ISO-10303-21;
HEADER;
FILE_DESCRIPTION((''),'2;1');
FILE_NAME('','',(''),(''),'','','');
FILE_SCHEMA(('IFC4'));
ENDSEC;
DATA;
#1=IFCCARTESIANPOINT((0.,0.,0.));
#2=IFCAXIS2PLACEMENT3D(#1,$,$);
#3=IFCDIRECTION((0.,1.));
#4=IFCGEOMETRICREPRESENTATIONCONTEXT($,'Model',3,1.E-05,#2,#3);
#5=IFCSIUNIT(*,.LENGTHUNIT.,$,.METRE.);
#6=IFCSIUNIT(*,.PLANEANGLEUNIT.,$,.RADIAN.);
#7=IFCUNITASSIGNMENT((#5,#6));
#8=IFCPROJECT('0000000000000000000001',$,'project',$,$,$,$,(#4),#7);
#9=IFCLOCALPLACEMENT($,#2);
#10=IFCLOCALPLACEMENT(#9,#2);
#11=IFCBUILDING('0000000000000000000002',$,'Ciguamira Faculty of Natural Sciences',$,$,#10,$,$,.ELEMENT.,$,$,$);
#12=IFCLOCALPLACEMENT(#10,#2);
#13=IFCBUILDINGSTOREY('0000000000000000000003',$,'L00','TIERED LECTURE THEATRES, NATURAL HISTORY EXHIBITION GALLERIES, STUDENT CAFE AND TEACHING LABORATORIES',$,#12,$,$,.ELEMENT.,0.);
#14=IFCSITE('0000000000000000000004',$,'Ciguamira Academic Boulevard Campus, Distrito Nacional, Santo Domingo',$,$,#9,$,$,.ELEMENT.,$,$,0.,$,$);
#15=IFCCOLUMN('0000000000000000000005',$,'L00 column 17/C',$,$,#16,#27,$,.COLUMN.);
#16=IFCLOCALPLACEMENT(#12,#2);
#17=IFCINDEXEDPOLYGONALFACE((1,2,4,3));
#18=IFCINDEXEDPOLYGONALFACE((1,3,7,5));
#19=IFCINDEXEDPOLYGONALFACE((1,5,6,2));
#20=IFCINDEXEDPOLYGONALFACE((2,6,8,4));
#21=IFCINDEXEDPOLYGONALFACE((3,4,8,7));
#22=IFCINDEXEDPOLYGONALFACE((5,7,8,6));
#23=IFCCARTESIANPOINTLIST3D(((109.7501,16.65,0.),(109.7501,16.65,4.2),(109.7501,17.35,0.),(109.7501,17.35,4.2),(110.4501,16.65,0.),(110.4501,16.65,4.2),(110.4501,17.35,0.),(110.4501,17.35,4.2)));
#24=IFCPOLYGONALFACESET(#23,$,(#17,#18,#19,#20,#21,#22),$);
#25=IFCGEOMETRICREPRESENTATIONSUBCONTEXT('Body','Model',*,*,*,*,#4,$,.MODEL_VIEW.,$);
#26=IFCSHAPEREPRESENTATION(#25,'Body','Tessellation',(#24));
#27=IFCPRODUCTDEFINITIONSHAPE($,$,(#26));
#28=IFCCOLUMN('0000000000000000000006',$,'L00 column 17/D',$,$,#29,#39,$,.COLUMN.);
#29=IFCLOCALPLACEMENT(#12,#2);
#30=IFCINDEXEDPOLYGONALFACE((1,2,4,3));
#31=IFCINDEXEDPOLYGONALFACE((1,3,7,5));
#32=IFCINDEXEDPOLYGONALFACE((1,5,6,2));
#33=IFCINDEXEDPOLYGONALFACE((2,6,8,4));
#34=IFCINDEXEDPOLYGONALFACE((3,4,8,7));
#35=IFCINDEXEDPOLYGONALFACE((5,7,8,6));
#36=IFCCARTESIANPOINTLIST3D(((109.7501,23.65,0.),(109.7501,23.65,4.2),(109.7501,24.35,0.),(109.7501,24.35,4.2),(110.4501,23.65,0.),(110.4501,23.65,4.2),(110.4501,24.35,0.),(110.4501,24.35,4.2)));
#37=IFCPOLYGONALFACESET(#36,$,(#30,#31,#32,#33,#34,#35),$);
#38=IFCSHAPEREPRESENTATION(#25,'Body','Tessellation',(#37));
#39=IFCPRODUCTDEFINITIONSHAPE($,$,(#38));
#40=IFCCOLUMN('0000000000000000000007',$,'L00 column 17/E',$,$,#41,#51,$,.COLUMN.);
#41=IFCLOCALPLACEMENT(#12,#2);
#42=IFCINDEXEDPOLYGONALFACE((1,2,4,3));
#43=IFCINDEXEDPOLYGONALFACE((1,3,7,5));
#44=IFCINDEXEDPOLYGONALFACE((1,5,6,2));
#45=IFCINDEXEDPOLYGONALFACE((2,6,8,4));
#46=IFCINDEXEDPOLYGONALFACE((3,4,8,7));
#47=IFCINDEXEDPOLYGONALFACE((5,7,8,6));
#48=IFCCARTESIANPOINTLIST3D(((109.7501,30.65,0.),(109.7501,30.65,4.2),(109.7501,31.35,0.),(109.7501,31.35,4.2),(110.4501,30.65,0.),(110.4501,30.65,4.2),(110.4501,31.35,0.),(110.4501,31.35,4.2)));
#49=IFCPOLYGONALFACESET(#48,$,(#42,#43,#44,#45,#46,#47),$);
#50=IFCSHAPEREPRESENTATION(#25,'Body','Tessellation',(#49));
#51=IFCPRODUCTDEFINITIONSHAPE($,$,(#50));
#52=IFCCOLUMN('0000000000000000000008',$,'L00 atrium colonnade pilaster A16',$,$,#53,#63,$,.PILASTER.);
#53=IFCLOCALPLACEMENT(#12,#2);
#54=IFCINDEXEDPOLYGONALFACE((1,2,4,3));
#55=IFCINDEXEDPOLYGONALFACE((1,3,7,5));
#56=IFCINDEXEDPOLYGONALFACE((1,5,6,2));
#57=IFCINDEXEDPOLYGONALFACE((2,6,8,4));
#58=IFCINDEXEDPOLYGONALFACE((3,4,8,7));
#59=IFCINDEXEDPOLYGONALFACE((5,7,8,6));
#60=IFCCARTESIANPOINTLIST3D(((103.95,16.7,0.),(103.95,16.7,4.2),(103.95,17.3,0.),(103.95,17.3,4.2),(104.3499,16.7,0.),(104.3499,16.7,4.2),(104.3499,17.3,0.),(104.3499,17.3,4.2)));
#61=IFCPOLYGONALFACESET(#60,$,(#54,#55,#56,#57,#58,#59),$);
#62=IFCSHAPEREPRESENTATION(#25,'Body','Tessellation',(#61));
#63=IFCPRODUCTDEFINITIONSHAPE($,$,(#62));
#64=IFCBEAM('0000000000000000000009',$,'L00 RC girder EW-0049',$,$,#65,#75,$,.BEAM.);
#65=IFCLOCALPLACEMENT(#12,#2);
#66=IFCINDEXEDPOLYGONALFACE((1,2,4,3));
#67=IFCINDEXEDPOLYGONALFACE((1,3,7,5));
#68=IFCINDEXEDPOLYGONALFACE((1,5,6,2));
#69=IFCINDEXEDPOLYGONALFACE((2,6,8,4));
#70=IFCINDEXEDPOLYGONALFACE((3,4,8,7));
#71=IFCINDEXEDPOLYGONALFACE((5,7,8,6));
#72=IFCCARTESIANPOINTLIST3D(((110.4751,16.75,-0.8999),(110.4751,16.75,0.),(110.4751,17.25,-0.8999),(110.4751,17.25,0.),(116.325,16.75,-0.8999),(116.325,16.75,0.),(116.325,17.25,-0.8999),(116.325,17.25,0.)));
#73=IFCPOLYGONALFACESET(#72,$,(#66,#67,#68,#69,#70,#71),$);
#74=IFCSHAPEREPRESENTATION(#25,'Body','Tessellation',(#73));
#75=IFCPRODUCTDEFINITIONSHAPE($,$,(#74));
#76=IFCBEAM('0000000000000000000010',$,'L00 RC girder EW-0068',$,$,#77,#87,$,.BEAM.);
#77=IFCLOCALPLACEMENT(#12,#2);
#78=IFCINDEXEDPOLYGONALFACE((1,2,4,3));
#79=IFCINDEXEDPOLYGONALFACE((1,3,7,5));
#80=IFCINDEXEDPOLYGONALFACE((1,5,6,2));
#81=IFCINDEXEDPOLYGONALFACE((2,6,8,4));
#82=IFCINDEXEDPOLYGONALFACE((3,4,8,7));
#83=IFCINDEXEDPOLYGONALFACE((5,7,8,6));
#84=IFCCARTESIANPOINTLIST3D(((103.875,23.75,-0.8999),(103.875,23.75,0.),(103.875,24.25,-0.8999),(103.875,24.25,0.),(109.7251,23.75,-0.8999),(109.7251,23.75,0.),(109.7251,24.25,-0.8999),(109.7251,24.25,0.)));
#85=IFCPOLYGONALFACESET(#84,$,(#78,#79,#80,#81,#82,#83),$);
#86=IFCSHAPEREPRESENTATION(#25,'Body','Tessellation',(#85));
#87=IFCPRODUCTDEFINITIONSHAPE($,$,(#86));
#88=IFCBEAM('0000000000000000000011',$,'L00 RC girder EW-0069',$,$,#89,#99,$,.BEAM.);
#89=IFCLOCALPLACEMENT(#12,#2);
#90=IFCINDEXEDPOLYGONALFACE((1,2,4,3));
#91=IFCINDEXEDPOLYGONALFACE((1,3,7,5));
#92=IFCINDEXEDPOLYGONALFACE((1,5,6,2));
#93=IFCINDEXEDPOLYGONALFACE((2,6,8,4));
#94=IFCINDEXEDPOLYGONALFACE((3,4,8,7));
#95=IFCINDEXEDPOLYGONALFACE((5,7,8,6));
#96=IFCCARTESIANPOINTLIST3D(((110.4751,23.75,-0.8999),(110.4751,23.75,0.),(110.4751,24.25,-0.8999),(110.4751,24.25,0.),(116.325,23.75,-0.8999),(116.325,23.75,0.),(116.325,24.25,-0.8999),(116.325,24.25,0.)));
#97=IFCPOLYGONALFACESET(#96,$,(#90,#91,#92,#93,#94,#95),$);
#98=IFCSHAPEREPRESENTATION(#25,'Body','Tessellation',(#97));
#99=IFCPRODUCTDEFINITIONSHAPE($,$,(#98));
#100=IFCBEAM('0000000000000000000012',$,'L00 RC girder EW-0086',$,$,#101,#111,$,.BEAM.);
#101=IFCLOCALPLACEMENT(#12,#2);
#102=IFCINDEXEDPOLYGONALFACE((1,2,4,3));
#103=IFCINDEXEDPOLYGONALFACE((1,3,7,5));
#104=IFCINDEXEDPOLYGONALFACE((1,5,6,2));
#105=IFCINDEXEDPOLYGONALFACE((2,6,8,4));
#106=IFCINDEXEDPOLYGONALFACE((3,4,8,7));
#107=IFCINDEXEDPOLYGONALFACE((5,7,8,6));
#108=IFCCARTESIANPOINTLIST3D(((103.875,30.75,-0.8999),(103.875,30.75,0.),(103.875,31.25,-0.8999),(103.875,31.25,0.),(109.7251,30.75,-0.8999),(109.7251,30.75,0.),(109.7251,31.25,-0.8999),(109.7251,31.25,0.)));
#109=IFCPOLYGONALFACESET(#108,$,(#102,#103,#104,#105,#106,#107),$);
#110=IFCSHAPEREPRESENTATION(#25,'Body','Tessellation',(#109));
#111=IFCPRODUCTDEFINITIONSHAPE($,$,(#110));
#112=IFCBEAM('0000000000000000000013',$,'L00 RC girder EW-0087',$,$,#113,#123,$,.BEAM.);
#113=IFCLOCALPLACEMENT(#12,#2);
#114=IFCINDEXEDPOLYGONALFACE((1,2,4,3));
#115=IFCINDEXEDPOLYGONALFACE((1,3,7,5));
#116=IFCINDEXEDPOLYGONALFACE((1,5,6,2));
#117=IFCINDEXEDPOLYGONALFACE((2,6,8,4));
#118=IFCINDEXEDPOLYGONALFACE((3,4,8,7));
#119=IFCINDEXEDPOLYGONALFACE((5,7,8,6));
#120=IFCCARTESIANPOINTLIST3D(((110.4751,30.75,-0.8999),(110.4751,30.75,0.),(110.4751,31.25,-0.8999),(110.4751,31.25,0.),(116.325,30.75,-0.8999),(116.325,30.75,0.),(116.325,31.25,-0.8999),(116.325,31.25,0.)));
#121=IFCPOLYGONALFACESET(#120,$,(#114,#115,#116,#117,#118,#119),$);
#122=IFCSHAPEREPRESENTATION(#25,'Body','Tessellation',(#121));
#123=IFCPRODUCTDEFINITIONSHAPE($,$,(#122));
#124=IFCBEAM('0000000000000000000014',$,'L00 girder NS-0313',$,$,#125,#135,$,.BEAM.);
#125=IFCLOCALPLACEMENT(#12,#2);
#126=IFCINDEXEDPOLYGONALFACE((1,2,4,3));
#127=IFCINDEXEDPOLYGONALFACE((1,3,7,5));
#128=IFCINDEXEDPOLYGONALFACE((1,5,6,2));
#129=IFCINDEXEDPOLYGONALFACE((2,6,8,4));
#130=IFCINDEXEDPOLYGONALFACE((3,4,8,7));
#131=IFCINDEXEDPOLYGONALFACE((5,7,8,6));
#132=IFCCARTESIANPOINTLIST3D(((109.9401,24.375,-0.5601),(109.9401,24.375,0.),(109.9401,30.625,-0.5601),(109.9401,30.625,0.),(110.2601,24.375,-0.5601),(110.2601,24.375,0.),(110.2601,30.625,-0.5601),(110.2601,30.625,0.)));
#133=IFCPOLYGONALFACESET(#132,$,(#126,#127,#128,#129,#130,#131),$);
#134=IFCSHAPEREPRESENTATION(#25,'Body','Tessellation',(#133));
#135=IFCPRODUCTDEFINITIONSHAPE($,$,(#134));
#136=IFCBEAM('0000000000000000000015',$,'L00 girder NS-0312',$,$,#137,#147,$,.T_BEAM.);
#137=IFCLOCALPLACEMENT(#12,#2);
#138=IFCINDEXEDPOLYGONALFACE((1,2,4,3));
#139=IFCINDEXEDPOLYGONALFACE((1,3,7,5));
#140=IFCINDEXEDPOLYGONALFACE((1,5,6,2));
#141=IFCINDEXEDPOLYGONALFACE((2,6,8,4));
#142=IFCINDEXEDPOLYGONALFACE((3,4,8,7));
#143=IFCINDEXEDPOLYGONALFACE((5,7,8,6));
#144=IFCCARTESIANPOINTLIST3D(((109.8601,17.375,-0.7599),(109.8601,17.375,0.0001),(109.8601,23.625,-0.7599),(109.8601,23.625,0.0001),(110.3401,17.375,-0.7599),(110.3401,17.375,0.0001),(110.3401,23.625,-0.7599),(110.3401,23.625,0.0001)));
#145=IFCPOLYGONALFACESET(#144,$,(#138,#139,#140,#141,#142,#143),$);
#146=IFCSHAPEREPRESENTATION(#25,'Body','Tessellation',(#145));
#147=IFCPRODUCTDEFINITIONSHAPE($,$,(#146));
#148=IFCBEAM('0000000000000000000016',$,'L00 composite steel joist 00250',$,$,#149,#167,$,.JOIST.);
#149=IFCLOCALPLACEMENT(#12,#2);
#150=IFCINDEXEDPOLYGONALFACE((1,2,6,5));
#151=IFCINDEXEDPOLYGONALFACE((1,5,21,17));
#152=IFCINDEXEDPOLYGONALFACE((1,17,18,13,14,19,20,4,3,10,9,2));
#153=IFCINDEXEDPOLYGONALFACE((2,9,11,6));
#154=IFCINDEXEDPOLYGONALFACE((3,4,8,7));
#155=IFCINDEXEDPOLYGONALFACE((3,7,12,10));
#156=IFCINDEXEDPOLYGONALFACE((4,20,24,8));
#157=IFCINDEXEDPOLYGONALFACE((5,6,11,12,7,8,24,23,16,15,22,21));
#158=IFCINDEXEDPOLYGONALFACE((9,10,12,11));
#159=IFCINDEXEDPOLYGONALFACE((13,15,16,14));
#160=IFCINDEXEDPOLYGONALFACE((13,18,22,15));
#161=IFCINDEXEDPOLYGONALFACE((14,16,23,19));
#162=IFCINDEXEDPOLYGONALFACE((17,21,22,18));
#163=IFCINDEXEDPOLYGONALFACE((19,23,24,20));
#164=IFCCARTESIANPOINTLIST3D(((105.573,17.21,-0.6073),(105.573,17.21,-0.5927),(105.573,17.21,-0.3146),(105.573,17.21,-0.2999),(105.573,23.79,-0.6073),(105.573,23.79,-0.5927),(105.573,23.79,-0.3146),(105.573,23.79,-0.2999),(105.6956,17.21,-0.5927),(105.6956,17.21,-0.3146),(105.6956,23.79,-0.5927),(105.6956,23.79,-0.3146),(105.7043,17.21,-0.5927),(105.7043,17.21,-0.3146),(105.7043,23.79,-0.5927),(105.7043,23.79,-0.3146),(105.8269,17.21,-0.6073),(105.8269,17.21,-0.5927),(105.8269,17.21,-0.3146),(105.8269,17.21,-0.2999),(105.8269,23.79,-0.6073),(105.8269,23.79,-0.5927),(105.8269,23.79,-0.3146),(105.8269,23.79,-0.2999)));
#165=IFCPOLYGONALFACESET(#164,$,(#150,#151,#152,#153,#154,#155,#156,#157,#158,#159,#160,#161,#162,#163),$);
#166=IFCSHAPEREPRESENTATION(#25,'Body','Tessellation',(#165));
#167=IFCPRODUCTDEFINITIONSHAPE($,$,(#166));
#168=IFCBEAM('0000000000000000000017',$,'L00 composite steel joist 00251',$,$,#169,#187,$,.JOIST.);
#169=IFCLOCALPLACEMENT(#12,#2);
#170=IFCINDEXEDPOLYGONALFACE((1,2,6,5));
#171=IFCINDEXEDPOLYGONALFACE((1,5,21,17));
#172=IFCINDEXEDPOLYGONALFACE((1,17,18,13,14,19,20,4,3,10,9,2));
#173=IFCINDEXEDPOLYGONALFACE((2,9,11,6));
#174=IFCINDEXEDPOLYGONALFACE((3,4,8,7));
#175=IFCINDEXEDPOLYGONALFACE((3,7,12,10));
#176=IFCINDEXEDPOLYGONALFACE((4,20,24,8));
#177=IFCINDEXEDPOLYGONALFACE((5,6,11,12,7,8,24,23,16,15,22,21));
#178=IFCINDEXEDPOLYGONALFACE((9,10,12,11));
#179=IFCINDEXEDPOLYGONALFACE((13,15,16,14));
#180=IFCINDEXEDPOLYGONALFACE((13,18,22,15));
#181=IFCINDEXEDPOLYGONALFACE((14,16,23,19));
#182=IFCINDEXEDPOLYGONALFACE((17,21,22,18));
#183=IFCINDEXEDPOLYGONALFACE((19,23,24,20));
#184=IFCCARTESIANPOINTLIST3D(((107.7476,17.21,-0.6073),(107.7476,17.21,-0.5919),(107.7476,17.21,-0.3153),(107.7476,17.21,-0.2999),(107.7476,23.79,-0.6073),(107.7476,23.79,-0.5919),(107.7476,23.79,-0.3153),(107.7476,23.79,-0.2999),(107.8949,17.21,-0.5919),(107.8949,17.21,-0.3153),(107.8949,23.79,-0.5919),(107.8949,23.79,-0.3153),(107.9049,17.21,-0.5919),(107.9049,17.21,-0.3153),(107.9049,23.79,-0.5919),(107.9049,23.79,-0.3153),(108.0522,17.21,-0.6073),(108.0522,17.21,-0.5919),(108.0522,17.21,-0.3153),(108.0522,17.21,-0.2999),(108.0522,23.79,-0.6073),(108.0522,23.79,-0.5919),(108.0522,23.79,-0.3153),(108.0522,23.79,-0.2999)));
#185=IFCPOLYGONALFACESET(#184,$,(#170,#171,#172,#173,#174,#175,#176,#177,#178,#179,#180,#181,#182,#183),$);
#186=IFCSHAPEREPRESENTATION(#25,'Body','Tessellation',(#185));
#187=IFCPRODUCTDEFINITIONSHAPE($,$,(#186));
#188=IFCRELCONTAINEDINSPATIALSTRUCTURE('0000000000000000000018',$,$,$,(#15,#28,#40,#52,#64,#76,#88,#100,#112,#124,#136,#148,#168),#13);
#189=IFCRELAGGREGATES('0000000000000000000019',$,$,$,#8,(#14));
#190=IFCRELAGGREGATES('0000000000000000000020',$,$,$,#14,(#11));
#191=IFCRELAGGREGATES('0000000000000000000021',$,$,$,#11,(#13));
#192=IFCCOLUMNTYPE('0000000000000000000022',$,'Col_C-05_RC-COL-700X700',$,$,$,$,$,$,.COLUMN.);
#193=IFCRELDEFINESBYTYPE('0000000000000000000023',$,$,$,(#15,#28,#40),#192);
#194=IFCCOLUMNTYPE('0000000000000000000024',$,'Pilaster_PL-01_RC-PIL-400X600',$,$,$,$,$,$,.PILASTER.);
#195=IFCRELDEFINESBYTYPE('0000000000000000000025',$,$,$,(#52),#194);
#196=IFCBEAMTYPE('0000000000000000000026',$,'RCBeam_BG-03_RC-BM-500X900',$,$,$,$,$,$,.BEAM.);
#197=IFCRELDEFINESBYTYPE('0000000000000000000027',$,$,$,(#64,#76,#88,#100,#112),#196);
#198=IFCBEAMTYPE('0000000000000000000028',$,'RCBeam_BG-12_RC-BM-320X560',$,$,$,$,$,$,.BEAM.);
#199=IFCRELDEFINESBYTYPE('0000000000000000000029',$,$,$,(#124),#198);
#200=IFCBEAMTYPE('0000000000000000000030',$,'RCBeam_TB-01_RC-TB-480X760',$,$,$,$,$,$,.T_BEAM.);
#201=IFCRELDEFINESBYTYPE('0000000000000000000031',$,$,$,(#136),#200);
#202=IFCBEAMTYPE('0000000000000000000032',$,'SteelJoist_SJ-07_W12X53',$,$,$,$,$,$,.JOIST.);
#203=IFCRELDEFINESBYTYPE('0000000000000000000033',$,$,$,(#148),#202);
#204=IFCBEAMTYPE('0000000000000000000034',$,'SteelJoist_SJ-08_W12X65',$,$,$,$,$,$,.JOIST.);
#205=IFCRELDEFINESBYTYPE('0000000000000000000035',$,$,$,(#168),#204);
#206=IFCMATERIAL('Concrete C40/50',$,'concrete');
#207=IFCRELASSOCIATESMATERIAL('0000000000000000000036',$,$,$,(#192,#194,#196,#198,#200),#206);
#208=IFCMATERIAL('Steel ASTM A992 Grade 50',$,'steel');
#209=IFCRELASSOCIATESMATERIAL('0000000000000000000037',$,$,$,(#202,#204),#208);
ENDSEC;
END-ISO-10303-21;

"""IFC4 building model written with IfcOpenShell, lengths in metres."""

from ifc_helpers import new_model, si_unit, direction, frame, origin, origin_2d, place, context, subcontext, project, spatial, rectangle, i_section, extrude, material, material_profile, profile_set, type_object, element, save


model = new_model("IFC4")

# Units and contexts
model_context = context("Model", 3, precision=1e-05, world=origin(), true_north=direction((0.0, 1.0)))
body_context = subcontext(model_context, "Body", "Model", "MODEL_VIEW")
ifc_project = project(units=[si_unit("LENGTHUNIT", "METRE"), si_unit("PLANEANGLEUNIT", "RADIAN")], contexts=[model_context])

# Site, building, storey
site_placement = place(None, origin())
site = spatial("IfcSite", under=ifc_project, at=site_placement, Name="Ciguamira Academic Boulevard Campus, Distrito Nacional, Santo Domingo", CompositionType="ELEMENT", RefElevation=0.0)
building_placement = place(site_placement, origin())
building = spatial("IfcBuilding", under=site, at=building_placement, Name="Ciguamira Faculty of Natural Sciences", CompositionType="ELEMENT")
storey_placement = place(building_placement, origin())
storey = spatial("IfcBuildingStorey", under=building, at=storey_placement, Name="L00", Description="TIERED LECTURE THEATRES, NATURAL HISTORY EXHIBITION GALLERIES, STUDENT CAFE AND TEACHING LABORATORIES", CompositionType="ELEMENT", Elevation=0.0)

# Columns
ifc_material_1 = material(Name="Concrete C40/50", Category="concrete")
ifc_material_profile_1 = material_profile(ifc_material_1, rectangle(XDim=0.7, YDim=0.7, at=origin_2d()), Name="RC-COL-700X700")
ifc_profile_set_1 = profile_set([ifc_material_profile_1], Name="Concrete C40/50")
column_type_1 = type_object("IfcColumnType", Name="Col_C-05_RC-COL-700X700", PredefinedType="COLUMN", material=ifc_profile_set_1)
for number, where, z_axis, x_axis, name in (
    (1, (110.1001, 17.0, 0.0), (0.0, 0.0, 1.0), (1.0, 0.0, 0.0), "L00 column 17/C"),
    (2, (110.1001, 24.0, 0.0), (0.0, 0.0, 1.0), (1.0, 0.0, 0.0), "L00 column 17/D"),
    (3, (110.1001, 31.0, 0.0), (0.0, 0.0, 1.0), (1.0, 0.0, 0.0), "L00 column 17/E"),
):
    element("IfcColumn", number, at=place(storey_placement, frame(where, z_axis=z_axis, x_axis=x_axis)), inside=storey, type_object=column_type_1, Name=name, PredefinedType="COLUMN", context=body_context, shape_type="SweptSolid", body=[
        extrude(rectangle(XDim=0.7, YDim=0.7, at=origin_2d()), origin(), (0.0, 0.0, 1.0), 4.2),
    ])
ifc_material_profile_2 = material_profile(ifc_material_1, rectangle(XDim=0.3999, YDim=0.6001, at=origin_2d()), Name="RC-PIL-400X600")
ifc_profile_set_2 = profile_set([ifc_material_profile_2], Name="Concrete C40/50")
column_type_2 = type_object("IfcColumnType", Name="Pilaster_PL-01_RC-PIL-400X600", PredefinedType="PILASTER", material=ifc_profile_set_2)
column_placement = place(storey_placement, frame((104.1499, 17.0, 0.0), z_axis=(0.0, 0.0, 1.0), x_axis=(1.0, 0.0, 0.0)))
element("IfcColumn", 4, at=column_placement, inside=storey, type_object=column_type_2, Name="L00 atrium colonnade pilaster A16", PredefinedType="PILASTER", context=body_context, shape_type="SweptSolid", body=[
    extrude(rectangle(XDim=0.3999, YDim=0.6001, at=origin_2d()), origin(), (0.0, 0.0, 1.0), 4.2),
])

# Beams
ifc_material_profile_3 = material_profile(ifc_material_1, rectangle(XDim=0.5, YDim=0.8999, at=origin_2d()), Name="RC-BM-500X900")
ifc_profile_set_3 = profile_set([ifc_material_profile_3], Name="Concrete C40/50")
beam_type_1 = type_object("IfcBeamType", Name="RCBeam_BG-03_RC-BM-500X900", PredefinedType="BEAM", material=ifc_profile_set_3)
beam_1_placement = place(storey_placement, frame((110.4751, 17.0, -0.45), z_axis=(1.0, 0.0, 0.0), x_axis=(0.0, 1.0, 0.0)))
element("IfcBeam", 5, at=beam_1_placement, inside=storey, type_object=beam_type_1, Name="L00 RC girder EW-0049", PredefinedType="BEAM", context=body_context, shape_type="SweptSolid", body=[
    extrude(rectangle(XDim=0.5, YDim=0.8999, at=origin_2d()), origin(), (0.0, 0.0, 1.0), 5.8499),
])
beam_2_placement = place(storey_placement, frame((103.875, 24.0, -0.45), z_axis=(1.0, 0.0, 0.0), x_axis=(0.0, 1.0, 0.0)))
element("IfcBeam", 6, at=beam_2_placement, inside=storey, type_object=beam_type_1, Name="L00 RC girder EW-0068", PredefinedType="BEAM", context=body_context, shape_type="SweptSolid", body=[
    extrude(rectangle(XDim=0.5, YDim=0.8999, at=origin_2d()), origin(), (0.0, 0.0, 1.0), 5.8501),
])
beam_3_placement = place(storey_placement, frame((110.4751, 24.0, -0.45), z_axis=(1.0, 0.0, 0.0), x_axis=(0.0, 1.0, 0.0)))
element("IfcBeam", 7, at=beam_3_placement, inside=storey, type_object=beam_type_1, Name="L00 RC girder EW-0069", PredefinedType="BEAM", context=body_context, shape_type="SweptSolid", body=[
    extrude(rectangle(XDim=0.5, YDim=0.8999, at=origin_2d()), origin(), (0.0, 0.0, 1.0), 5.8499),
])
beam_4_placement = place(storey_placement, frame((103.875, 31.0, -0.45), z_axis=(1.0, 0.0, 0.0), x_axis=(0.0, 1.0, 0.0)))
element("IfcBeam", 8, at=beam_4_placement, inside=storey, type_object=beam_type_1, Name="L00 RC girder EW-0086", PredefinedType="BEAM", context=body_context, shape_type="SweptSolid", body=[
    extrude(rectangle(XDim=0.5, YDim=0.8999, at=origin_2d()), origin(), (0.0, 0.0, 1.0), 5.8501),
])
beam_5_placement = place(storey_placement, frame((110.4751, 31.0, -0.45), z_axis=(1.0, 0.0, 0.0), x_axis=(0.0, 1.0, 0.0)))
element("IfcBeam", 9, at=beam_5_placement, inside=storey, type_object=beam_type_1, Name="L00 RC girder EW-0087", PredefinedType="BEAM", context=body_context, shape_type="SweptSolid", body=[
    extrude(rectangle(XDim=0.5, YDim=0.8999, at=origin_2d()), origin(), (0.0, 0.0, 1.0), 5.8499),
])
ifc_material_profile_4 = material_profile(ifc_material_1, rectangle(XDim=0.3201, YDim=0.5601, at=origin_2d()), Name="RC-BM-320X560")
ifc_profile_set_4 = profile_set([ifc_material_profile_4], Name="Concrete C40/50")
beam_type_2 = type_object("IfcBeamType", Name="RCBeam_BG-12_RC-BM-320X560", PredefinedType="BEAM", material=ifc_profile_set_4)
beam_6_placement = place(storey_placement, frame((110.1001, 24.375, -0.28), z_axis=(0.0, 1.0, 0.0), x_axis=(-1.0, 0.0, 0.0)))
element("IfcBeam", 10, at=beam_6_placement, inside=storey, type_object=beam_type_2, Name="L00 girder NS-0313", PredefinedType="BEAM", context=body_context, shape_type="SweptSolid", body=[
    extrude(rectangle(XDim=0.3201, YDim=0.5601, at=origin_2d()), origin(), (0.0, 0.0, 1.0), 6.25),
])
ifc_material_profile_5 = material_profile(ifc_material_1, rectangle(XDim=0.48, YDim=0.76, at=origin_2d()), Name="RC-TB-480X760")
ifc_profile_set_5 = profile_set([ifc_material_profile_5], Name="Concrete C40/50")
beam_type_3 = type_object("IfcBeamType", Name="RCBeam_TB-01_RC-TB-480X760", PredefinedType="T_BEAM", material=ifc_profile_set_5)
beam_7_placement = place(storey_placement, frame((110.1001, 17.375, -0.3799), z_axis=(0.0, 1.0, 0.0), x_axis=(-1.0, 0.0, 0.0)))
element("IfcBeam", 11, at=beam_7_placement, inside=storey, type_object=beam_type_3, Name="L00 girder NS-0312", PredefinedType="T_BEAM", context=body_context, shape_type="SweptSolid", body=[
    extrude(rectangle(XDim=0.48, YDim=0.76, at=origin_2d()), origin(), (0.0, 0.0, 1.0), 6.25),
])
ifc_material_2 = material(Name="Steel ASTM A992 Grade 50", Category="steel")
ifc_material_profile_6 = material_profile(ifc_material_2, i_section(OverallWidth=0.2539, OverallDepth=0.3074, WebThickness=0.0088, FlangeThickness=0.0146, at=origin_2d()), Name="W12X53")
ifc_profile_set_6 = profile_set([ifc_material_profile_6], Name="Steel ASTM A992 Grade 50")
beam_type_4 = type_object("IfcBeamType", Name="SteelJoist_SJ-07_W12X53", PredefinedType="JOIST", material=ifc_profile_set_6)
beam_8_placement = place(storey_placement, frame((105.7, 17.21, -0.4536), z_axis=(0.0, 1.0, 0.0), x_axis=(-1.0, 0.0, 0.0)))
element("IfcBeam", 12, at=beam_8_placement, inside=storey, type_object=beam_type_4, Name="L00 composite steel joist 00250", PredefinedType="JOIST", context=body_context, shape_type="SweptSolid", body=[
    extrude(i_section(OverallWidth=0.2539, OverallDepth=0.3074, WebThickness=0.0088, FlangeThickness=0.0146, at=origin_2d()), origin(), (0.0, 0.0, 1.0), 6.5801),
])
ifc_material_profile_7 = material_profile(ifc_material_2, i_section(OverallWidth=0.3047, OverallDepth=0.3074, WebThickness=0.01, FlangeThickness=0.0154, at=origin_2d()), Name="W12X65")
ifc_profile_set_7 = profile_set([ifc_material_profile_7], Name="Steel ASTM A992 Grade 50")
beam_type_5 = type_object("IfcBeamType", Name="SteelJoist_SJ-08_W12X65", PredefinedType="JOIST", material=ifc_profile_set_7)
beam_9_placement = place(storey_placement, frame((107.8999, 17.21, -0.4536), z_axis=(0.0, 1.0, 0.0), x_axis=(-1.0, 0.0, 0.0)))
element("IfcBeam", 13, at=beam_9_placement, inside=storey, type_object=beam_type_5, Name="L00 composite steel joist 00251", PredefinedType="JOIST", context=body_context, shape_type="SweptSolid", body=[
    extrude(i_section(OverallWidth=0.3047, OverallDepth=0.3074, WebThickness=0.01, FlangeThickness=0.0154, at=origin_2d()), origin(), (0.0, 0.0, 1.0), 6.5801),
])

save(model, "model.ifc")
